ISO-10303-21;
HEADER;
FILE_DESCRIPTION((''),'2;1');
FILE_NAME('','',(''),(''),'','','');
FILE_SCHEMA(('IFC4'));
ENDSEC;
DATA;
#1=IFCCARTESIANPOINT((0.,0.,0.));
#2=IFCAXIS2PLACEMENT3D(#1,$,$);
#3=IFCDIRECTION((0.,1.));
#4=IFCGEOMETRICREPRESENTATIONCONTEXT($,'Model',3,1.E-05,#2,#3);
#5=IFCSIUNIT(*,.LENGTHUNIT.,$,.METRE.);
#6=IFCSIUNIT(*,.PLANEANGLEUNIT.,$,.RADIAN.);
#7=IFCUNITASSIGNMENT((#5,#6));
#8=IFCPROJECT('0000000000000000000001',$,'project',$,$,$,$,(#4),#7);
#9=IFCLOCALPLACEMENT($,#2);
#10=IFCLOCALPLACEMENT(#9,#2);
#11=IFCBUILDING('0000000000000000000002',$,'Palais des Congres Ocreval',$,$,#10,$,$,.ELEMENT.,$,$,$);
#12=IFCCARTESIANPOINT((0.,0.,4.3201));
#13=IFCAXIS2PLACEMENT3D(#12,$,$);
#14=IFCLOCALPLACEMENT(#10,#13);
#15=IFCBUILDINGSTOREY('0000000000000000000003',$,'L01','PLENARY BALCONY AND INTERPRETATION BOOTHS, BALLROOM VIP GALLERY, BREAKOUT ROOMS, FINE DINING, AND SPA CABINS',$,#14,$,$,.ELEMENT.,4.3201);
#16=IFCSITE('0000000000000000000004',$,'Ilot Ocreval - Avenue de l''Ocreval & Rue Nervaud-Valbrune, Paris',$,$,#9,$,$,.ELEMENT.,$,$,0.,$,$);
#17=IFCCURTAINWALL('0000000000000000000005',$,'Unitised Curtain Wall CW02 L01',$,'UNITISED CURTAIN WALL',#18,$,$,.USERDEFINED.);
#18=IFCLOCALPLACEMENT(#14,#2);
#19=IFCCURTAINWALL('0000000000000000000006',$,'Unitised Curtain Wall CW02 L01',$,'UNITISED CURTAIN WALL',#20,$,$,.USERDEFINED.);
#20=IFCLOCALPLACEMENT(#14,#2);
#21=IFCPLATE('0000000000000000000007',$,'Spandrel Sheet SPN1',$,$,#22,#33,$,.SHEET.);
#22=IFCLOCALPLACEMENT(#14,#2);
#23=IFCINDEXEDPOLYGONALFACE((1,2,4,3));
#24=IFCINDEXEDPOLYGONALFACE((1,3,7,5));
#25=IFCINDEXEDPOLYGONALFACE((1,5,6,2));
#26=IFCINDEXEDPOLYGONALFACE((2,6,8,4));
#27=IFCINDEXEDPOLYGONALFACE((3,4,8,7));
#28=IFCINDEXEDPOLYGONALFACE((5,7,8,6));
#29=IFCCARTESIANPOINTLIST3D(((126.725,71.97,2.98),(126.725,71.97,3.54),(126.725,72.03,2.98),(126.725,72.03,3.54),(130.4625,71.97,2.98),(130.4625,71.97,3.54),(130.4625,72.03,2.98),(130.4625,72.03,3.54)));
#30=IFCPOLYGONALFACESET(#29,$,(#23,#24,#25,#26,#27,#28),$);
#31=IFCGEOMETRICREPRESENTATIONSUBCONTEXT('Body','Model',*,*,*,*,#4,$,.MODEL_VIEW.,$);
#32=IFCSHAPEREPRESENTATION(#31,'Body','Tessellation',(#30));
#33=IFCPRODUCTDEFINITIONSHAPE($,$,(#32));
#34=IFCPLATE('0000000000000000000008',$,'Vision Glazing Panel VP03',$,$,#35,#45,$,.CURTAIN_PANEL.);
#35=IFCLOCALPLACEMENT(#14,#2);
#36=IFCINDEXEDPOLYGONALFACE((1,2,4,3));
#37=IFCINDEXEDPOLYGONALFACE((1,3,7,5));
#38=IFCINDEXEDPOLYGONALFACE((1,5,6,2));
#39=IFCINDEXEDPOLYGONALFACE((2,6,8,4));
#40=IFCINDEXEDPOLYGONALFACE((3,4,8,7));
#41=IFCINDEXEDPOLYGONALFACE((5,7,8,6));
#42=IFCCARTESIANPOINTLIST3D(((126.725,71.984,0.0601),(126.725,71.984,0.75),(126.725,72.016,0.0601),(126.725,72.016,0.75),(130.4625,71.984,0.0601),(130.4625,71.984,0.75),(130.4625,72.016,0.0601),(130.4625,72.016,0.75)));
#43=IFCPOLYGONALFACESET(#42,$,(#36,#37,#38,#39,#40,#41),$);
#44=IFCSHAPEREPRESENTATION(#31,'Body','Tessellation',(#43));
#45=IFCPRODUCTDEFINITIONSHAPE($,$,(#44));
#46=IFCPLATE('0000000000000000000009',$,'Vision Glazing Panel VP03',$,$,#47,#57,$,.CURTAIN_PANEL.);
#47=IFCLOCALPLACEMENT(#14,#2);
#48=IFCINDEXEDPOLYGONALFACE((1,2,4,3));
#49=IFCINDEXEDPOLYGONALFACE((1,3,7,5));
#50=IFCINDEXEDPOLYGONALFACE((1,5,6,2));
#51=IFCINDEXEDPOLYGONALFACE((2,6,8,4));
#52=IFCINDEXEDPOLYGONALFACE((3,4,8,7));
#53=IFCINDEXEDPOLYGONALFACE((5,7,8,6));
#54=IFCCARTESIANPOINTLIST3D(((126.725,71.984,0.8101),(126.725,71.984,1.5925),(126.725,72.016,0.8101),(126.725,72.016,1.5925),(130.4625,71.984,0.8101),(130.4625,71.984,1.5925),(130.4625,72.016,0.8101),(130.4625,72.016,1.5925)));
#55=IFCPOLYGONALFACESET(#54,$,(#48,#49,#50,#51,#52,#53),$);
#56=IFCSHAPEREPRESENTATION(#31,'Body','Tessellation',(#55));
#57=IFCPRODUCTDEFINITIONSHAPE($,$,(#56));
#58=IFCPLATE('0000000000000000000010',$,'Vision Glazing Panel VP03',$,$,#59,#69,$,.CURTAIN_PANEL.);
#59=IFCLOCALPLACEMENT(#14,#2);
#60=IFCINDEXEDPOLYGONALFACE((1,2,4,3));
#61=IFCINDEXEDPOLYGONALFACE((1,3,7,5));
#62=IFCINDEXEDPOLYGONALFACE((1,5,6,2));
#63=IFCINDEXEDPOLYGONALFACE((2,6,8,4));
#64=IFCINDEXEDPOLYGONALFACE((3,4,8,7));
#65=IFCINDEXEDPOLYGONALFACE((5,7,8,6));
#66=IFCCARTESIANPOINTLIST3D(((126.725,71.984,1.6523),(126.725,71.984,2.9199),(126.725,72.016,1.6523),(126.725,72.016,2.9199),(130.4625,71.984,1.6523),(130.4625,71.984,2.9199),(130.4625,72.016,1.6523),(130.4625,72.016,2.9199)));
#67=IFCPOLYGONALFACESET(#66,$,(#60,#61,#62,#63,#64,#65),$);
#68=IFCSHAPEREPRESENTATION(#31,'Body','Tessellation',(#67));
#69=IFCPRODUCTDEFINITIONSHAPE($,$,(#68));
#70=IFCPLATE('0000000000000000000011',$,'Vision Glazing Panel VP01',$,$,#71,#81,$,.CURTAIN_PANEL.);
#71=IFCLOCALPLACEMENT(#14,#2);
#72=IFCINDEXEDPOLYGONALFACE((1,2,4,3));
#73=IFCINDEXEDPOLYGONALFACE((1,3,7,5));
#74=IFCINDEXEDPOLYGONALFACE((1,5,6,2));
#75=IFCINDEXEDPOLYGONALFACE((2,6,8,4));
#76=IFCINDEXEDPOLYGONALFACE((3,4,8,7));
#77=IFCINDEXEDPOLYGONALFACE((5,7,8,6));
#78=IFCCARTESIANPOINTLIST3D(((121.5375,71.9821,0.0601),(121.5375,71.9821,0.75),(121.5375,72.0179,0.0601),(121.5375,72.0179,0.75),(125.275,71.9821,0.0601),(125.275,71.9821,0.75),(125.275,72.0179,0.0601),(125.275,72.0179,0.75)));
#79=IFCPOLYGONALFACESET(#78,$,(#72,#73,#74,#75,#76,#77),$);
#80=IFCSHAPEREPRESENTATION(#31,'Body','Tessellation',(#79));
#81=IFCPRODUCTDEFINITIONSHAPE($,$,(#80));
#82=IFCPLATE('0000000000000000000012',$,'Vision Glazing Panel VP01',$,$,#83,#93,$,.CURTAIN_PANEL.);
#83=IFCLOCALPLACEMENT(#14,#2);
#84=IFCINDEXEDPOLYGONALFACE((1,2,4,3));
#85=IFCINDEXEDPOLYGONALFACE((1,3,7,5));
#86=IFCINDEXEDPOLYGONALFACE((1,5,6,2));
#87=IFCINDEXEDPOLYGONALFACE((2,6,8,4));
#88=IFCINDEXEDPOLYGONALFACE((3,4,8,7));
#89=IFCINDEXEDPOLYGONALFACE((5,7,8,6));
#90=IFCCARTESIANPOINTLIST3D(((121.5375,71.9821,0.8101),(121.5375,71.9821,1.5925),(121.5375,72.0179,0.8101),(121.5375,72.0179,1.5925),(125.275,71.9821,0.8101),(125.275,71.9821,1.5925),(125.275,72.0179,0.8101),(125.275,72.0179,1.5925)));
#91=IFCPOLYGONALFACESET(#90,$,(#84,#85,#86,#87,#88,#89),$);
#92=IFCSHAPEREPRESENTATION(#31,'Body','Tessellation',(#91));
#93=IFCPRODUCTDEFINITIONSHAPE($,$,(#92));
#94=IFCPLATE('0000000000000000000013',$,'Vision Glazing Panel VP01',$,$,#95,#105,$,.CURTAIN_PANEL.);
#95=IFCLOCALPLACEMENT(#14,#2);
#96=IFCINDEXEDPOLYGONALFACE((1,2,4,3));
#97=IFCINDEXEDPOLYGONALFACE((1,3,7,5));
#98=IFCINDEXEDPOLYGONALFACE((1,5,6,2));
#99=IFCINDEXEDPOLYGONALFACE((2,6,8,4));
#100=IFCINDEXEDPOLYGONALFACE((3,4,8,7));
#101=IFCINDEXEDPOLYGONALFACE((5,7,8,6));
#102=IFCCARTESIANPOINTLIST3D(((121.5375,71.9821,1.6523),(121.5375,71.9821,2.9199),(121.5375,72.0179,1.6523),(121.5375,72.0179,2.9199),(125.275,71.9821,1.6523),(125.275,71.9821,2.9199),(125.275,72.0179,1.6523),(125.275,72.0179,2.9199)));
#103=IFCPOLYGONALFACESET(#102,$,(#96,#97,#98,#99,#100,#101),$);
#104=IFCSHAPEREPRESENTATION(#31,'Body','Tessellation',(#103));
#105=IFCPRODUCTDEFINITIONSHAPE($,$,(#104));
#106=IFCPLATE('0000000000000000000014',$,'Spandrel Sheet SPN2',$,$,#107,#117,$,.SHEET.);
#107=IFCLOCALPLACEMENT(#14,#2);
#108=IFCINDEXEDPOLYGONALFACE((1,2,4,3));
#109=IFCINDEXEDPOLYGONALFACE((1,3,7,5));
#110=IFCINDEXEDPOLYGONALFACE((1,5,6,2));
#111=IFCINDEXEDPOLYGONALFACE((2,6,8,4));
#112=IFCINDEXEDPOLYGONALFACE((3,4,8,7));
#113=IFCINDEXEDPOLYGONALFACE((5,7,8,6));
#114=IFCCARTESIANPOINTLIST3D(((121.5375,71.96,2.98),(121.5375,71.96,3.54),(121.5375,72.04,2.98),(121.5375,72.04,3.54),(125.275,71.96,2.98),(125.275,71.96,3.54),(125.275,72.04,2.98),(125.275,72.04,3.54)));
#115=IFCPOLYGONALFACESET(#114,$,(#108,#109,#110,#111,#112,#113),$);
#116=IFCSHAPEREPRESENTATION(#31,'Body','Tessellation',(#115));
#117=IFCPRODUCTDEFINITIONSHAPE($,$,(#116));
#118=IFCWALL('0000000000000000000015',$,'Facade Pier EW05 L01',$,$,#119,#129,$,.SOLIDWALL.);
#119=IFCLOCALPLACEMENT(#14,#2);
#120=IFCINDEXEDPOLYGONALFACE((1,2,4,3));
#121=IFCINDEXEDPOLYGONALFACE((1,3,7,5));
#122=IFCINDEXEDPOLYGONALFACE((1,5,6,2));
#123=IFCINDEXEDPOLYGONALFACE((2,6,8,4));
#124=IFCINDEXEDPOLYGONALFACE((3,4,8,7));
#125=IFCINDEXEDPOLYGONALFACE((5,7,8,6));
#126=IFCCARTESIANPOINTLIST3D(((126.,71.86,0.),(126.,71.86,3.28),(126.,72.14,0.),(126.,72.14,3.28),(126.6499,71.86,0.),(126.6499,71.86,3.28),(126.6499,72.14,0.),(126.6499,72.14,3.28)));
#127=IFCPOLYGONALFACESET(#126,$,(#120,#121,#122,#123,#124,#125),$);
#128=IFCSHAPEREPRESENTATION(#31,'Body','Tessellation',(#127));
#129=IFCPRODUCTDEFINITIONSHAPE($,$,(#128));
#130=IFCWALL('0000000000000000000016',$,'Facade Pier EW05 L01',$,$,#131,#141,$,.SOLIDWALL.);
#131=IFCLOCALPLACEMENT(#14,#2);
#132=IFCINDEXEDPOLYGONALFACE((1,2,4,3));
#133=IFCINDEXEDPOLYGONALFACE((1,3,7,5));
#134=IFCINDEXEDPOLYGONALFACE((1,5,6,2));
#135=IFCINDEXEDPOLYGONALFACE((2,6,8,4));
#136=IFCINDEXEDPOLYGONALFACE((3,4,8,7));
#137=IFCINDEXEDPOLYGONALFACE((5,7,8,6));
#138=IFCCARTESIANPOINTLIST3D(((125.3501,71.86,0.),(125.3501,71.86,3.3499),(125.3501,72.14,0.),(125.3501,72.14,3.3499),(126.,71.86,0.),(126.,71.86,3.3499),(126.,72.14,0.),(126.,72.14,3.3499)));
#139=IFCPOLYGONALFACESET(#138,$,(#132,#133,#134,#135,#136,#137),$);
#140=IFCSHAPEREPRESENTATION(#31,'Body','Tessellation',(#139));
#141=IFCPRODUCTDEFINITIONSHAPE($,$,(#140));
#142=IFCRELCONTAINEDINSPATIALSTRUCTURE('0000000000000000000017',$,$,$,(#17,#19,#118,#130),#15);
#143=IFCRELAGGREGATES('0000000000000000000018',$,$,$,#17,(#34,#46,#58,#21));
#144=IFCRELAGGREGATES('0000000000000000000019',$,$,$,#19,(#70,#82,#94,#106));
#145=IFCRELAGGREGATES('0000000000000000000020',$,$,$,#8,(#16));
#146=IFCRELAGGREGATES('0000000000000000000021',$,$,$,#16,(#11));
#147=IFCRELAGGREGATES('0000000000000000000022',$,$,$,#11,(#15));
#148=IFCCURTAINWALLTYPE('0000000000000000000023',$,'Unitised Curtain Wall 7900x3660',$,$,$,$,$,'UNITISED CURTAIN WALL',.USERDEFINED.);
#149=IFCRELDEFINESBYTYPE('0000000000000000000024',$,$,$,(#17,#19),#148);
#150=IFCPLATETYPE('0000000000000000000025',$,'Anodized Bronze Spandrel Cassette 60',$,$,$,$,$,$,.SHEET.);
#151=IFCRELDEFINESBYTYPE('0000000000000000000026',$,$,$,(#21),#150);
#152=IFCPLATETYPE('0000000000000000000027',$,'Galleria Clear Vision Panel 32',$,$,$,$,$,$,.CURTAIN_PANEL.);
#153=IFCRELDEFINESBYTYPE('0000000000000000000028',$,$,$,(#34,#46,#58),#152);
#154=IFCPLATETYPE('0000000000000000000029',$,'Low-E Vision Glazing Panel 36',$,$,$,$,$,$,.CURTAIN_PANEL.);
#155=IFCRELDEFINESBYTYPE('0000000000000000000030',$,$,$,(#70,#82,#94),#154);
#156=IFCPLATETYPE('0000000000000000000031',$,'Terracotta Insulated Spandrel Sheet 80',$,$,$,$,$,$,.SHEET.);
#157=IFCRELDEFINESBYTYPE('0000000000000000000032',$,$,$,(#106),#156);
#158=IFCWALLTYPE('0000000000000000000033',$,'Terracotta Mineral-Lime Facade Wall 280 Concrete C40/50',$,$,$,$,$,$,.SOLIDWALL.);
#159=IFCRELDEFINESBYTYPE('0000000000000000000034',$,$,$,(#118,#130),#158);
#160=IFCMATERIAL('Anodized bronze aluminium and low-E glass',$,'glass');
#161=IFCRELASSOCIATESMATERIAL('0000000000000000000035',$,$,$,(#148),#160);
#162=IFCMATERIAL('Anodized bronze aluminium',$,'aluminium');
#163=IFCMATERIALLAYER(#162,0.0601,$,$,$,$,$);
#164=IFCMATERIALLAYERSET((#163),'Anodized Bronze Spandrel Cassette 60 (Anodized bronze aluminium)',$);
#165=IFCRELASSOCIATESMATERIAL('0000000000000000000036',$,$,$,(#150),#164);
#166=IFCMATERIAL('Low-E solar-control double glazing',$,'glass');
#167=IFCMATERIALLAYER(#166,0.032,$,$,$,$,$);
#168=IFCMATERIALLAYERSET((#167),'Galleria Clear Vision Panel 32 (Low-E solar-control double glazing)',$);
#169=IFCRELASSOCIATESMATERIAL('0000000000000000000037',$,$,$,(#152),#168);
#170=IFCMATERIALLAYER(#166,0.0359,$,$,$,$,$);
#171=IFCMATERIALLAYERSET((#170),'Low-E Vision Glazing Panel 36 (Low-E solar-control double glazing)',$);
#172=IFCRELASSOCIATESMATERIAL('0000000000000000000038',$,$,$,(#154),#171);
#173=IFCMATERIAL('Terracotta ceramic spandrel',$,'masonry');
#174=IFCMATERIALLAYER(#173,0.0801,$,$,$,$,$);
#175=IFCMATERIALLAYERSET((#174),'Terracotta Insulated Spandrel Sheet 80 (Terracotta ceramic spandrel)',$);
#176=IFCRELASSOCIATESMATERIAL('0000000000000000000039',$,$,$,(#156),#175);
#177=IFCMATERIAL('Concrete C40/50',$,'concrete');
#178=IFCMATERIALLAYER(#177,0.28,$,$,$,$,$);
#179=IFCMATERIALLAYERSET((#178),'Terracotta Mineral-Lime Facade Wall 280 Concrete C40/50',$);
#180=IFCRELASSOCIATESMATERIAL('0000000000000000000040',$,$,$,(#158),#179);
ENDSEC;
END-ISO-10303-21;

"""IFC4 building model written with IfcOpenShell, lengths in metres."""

from ifc_helpers import new_model, si_unit, direction, frame, frame_2d, origin, origin_2d, place, context, subcontext, project, spatial, rectangle, extrude, material, layer, layer_set, type_object, element, aggregate, save


model = new_model("IFC4")

# Units and contexts
model_context = context("Model", 3, precision=1e-05, world=origin(), true_north=direction((0.0, 1.0)))
body_context = subcontext(model_context, "Body", "Model", "MODEL_VIEW")
ifc_project = project(units=[si_unit("LENGTHUNIT", "METRE"), si_unit("PLANEANGLEUNIT", "RADIAN")], contexts=[model_context])

# Site, building, storey
site_placement = place(None, origin())
site = spatial("IfcSite", under=ifc_project, at=site_placement, Name="Ilot Ocreval - Avenue de l'Ocreval & Rue Nervaud-Valbrune, Paris", CompositionType="ELEMENT", RefElevation=0.0)
building_placement = place(site_placement, origin())
building = spatial("IfcBuilding", under=site, at=building_placement, Name="Palais des Congres Ocreval", CompositionType="ELEMENT")
storey_placement = place(building_placement, frame((0.0, 0.0, 4.3201)))
storey = spatial("IfcBuildingStorey", under=building, at=storey_placement, Name="L01", Description="PLENARY BALCONY AND INTERPRETATION BOOTHS, BALLROOM VIP GALLERY, BREAKOUT ROOMS, FINE DINING, AND SPA CABINS", CompositionType="ELEMENT", Elevation=4.3201)

# Curtain walls
ifc_material_1 = material(Name="Anodized bronze aluminium and low-E glass", Category="glass")
curtain_wall_type = type_object("IfcCurtainWallType", Name="Unitised Curtain Wall 7900x3660", ElementType="UNITISED CURTAIN WALL", PredefinedType="USERDEFINED", material=ifc_material_1)
curtain_wall_1_placement = place(storey_placement, origin())
curtain_wall_1 = element("IfcCurtainWall", 1, at=curtain_wall_1_placement, inside=storey, type_object=curtain_wall_type, Name="Unitised Curtain Wall CW02 L01", ObjectType="UNITISED CURTAIN WALL", PredefinedType="USERDEFINED")
ifc_material_2 = material(Name="Anodized bronze aluminium", Category="aluminium")
curtain_wall_2_placement = place(storey_placement, origin())
curtain_wall_2 = element("IfcCurtainWall", 2, at=curtain_wall_2_placement, inside=storey, type_object=curtain_wall_type, Name="Unitised Curtain Wall CW02 L01", ObjectType="UNITISED CURTAIN WALL", PredefinedType="USERDEFINED")

# Plates
ifc_layer_1 = layer(ifc_material_2, 0.0601)
ifc_layer_set_1 = layer_set([ifc_layer_1], Name="Anodized Bronze Spandrel Cassette 60 (Anodized bronze aluminium)")
plate_type_1 = type_object("IfcPlateType", Name="Anodized Bronze Spandrel Cassette 60", PredefinedType="SHEET", material=ifc_layer_set_1)
plate_1_placement = place(storey_placement, frame((128.5938, 72.0, 2.98), z_axis=(0.0, 0.0, 1.0), x_axis=(-1.0, 0.0, 0.0)))
plate_1 = element("IfcPlate", 3, at=plate_1_placement, type_object=plate_type_1, Name="Spandrel Sheet SPN1", PredefinedType="SHEET", context=body_context, shape_type="SweptSolid", body=[
    extrude(rectangle(XDim=3.7375, YDim=0.0601, at=origin_2d()), origin(), (0.0, 0.0, 1.0), 0.5601),
])
ifc_material_3 = material(Name="Low-E solar-control double glazing", Category="glass")
ifc_layer_2 = layer(ifc_material_3, 0.032)
ifc_layer_set_2 = layer_set([ifc_layer_2], Name="Galleria Clear Vision Panel 32 (Low-E solar-control double glazing)")
plate_type_2 = type_object("IfcPlateType", Name="Galleria Clear Vision Panel 32", PredefinedType="CURTAIN_PANEL", material=ifc_layer_set_2)
plate_2_placement = place(storey_placement, frame((128.5938, 72.0, 0.0601), z_axis=(0.0, 0.0, 1.0), x_axis=(-1.0, 0.0, 0.0)))
plate_2 = element("IfcPlate", 4, at=plate_2_placement, type_object=plate_type_2, Name="Vision Glazing Panel VP03", PredefinedType="CURTAIN_PANEL", context=body_context, shape_type="SweptSolid", body=[
    extrude(rectangle(XDim=3.7375, YDim=0.032, at=origin_2d()), origin(), (0.0, 0.0, 1.0), 0.6899),
])
plate_3_placement = place(storey_placement, frame((128.5938, 72.0, 0.8101), z_axis=(0.0, 0.0, 1.0), x_axis=(-1.0, 0.0, 0.0)))
plate_3 = element("IfcPlate", 5, at=plate_3_placement, type_object=plate_type_2, Name="Vision Glazing Panel VP03", PredefinedType="CURTAIN_PANEL", context=body_context, shape_type="SweptSolid", body=[
    extrude(rectangle(XDim=3.7375, YDim=0.032, at=origin_2d()), origin(), (0.0, 0.0, 1.0), 0.7825),
])
plate_4_placement = place(storey_placement, frame((128.5938, 72.0, 1.6523), z_axis=(0.0, 0.0, 1.0), x_axis=(-1.0, 0.0, 0.0)))
plate_4 = element("IfcPlate", 6, at=plate_4_placement, type_object=plate_type_2, Name="Vision Glazing Panel VP03", PredefinedType="CURTAIN_PANEL", context=body_context, shape_type="SweptSolid", body=[
    extrude(rectangle(XDim=3.7375, YDim=0.032, at=origin_2d()), origin(), (0.0, 0.0, 1.0), 1.2676),
])
aggregate(curtain_wall_1, [plate_2, plate_3, plate_4, plate_1])
ifc_layer_3 = layer(ifc_material_3, 0.0359)
ifc_layer_set_3 = layer_set([ifc_layer_3], Name="Low-E Vision Glazing Panel 36 (Low-E solar-control double glazing)")
plate_type_3 = type_object("IfcPlateType", Name="Low-E Vision Glazing Panel 36", PredefinedType="CURTAIN_PANEL", material=ifc_layer_set_3)
plate_5_placement = place(storey_placement, frame((123.4062, 72.0, 0.0601), z_axis=(0.0, 0.0, 1.0), x_axis=(-1.0, 0.0, 0.0)))
plate_5 = element("IfcPlate", 7, at=plate_5_placement, type_object=plate_type_3, Name="Vision Glazing Panel VP01", PredefinedType="CURTAIN_PANEL", context=body_context, shape_type="SweptSolid", body=[
    extrude(rectangle(XDim=3.7375, YDim=0.0359, at=origin_2d()), origin(), (0.0, 0.0, 1.0), 0.6899),
])
plate_6_placement = place(storey_placement, frame((123.4062, 72.0, 0.8101), z_axis=(0.0, 0.0, 1.0), x_axis=(-1.0, 0.0, 0.0)))
plate_6 = element("IfcPlate", 8, at=plate_6_placement, type_object=plate_type_3, Name="Vision Glazing Panel VP01", PredefinedType="CURTAIN_PANEL", context=body_context, shape_type="SweptSolid", body=[
    extrude(rectangle(XDim=3.7375, YDim=0.0359, at=origin_2d()), origin(), (0.0, 0.0, 1.0), 0.7825),
])
plate_7_placement = place(storey_placement, frame((123.4062, 72.0, 1.6523), z_axis=(0.0, 0.0, 1.0), x_axis=(-1.0, 0.0, 0.0)))
plate_7 = element("IfcPlate", 9, at=plate_7_placement, type_object=plate_type_3, Name="Vision Glazing Panel VP01", PredefinedType="CURTAIN_PANEL", context=body_context, shape_type="SweptSolid", body=[
    extrude(rectangle(XDim=3.7375, YDim=0.0359, at=origin_2d()), origin(), (0.0, 0.0, 1.0), 1.2676),
])
ifc_material_4 = material(Name="Terracotta ceramic spandrel", Category="masonry")
ifc_layer_4 = layer(ifc_material_4, 0.0801)
ifc_layer_set_4 = layer_set([ifc_layer_4], Name="Terracotta Insulated Spandrel Sheet 80 (Terracotta ceramic spandrel)")
plate_type_4 = type_object("IfcPlateType", Name="Terracotta Insulated Spandrel Sheet 80", PredefinedType="SHEET", material=ifc_layer_set_4)
plate_8_placement = place(storey_placement, frame((123.4062, 72.0, 2.98), z_axis=(0.0, 0.0, 1.0), x_axis=(-1.0, 0.0, 0.0)))
plate_8 = element("IfcPlate", 10, at=plate_8_placement, type_object=plate_type_4, Name="Spandrel Sheet SPN2", PredefinedType="SHEET", context=body_context, shape_type="SweptSolid", body=[
    extrude(rectangle(XDim=3.7375, YDim=0.0801, at=origin_2d()), origin(), (0.0, 0.0, 1.0), 0.5601),
])
aggregate(curtain_wall_2, [plate_5, plate_6, plate_7, plate_8])

# Walls
ifc_material_5 = material(Name="Concrete C40/50", Category="concrete")
ifc_layer_5 = layer(ifc_material_5, 0.28)
ifc_layer_set_5 = layer_set([ifc_layer_5], Name="Terracotta Mineral-Lime Facade Wall 280 Concrete C40/50")
wall_type = type_object("IfcWallType", Name="Terracotta Mineral-Lime Facade Wall 280 Concrete C40/50", PredefinedType="SOLIDWALL", material=ifc_layer_set_5)
wall_1_placement = place(storey_placement, frame((126.6499, 72.0, 0.0), z_axis=(0.0, 0.0, 1.0), x_axis=(-1.0, 0.0, 0.0)))
element("IfcWall", 11, at=wall_1_placement, inside=storey, type_object=wall_type, Name="Facade Pier EW05 L01", PredefinedType="SOLIDWALL", context=body_context, shape_type="SweptSolid", body=[
    extrude(rectangle(XDim=0.6499, YDim=0.28, at=frame_2d((0.325, 0.0))), origin(), (0.0, 0.0, 1.0), 3.28),
])
wall_2_placement = place(storey_placement, frame((126.0, 72.0, 0.0), z_axis=(0.0, 0.0, 1.0), x_axis=(-1.0, 0.0, 0.0)))
element("IfcWall", 12, at=wall_2_placement, inside=storey, type_object=wall_type, Name="Facade Pier EW05 L01", PredefinedType="SOLIDWALL", context=body_context, shape_type="SweptSolid", body=[
    extrude(rectangle(XDim=0.6499, YDim=0.28, at=frame_2d((0.325, 0.0))), origin(), (0.0, 0.0, 1.0), 3.3499),
])

save(model, "model.ifc")
